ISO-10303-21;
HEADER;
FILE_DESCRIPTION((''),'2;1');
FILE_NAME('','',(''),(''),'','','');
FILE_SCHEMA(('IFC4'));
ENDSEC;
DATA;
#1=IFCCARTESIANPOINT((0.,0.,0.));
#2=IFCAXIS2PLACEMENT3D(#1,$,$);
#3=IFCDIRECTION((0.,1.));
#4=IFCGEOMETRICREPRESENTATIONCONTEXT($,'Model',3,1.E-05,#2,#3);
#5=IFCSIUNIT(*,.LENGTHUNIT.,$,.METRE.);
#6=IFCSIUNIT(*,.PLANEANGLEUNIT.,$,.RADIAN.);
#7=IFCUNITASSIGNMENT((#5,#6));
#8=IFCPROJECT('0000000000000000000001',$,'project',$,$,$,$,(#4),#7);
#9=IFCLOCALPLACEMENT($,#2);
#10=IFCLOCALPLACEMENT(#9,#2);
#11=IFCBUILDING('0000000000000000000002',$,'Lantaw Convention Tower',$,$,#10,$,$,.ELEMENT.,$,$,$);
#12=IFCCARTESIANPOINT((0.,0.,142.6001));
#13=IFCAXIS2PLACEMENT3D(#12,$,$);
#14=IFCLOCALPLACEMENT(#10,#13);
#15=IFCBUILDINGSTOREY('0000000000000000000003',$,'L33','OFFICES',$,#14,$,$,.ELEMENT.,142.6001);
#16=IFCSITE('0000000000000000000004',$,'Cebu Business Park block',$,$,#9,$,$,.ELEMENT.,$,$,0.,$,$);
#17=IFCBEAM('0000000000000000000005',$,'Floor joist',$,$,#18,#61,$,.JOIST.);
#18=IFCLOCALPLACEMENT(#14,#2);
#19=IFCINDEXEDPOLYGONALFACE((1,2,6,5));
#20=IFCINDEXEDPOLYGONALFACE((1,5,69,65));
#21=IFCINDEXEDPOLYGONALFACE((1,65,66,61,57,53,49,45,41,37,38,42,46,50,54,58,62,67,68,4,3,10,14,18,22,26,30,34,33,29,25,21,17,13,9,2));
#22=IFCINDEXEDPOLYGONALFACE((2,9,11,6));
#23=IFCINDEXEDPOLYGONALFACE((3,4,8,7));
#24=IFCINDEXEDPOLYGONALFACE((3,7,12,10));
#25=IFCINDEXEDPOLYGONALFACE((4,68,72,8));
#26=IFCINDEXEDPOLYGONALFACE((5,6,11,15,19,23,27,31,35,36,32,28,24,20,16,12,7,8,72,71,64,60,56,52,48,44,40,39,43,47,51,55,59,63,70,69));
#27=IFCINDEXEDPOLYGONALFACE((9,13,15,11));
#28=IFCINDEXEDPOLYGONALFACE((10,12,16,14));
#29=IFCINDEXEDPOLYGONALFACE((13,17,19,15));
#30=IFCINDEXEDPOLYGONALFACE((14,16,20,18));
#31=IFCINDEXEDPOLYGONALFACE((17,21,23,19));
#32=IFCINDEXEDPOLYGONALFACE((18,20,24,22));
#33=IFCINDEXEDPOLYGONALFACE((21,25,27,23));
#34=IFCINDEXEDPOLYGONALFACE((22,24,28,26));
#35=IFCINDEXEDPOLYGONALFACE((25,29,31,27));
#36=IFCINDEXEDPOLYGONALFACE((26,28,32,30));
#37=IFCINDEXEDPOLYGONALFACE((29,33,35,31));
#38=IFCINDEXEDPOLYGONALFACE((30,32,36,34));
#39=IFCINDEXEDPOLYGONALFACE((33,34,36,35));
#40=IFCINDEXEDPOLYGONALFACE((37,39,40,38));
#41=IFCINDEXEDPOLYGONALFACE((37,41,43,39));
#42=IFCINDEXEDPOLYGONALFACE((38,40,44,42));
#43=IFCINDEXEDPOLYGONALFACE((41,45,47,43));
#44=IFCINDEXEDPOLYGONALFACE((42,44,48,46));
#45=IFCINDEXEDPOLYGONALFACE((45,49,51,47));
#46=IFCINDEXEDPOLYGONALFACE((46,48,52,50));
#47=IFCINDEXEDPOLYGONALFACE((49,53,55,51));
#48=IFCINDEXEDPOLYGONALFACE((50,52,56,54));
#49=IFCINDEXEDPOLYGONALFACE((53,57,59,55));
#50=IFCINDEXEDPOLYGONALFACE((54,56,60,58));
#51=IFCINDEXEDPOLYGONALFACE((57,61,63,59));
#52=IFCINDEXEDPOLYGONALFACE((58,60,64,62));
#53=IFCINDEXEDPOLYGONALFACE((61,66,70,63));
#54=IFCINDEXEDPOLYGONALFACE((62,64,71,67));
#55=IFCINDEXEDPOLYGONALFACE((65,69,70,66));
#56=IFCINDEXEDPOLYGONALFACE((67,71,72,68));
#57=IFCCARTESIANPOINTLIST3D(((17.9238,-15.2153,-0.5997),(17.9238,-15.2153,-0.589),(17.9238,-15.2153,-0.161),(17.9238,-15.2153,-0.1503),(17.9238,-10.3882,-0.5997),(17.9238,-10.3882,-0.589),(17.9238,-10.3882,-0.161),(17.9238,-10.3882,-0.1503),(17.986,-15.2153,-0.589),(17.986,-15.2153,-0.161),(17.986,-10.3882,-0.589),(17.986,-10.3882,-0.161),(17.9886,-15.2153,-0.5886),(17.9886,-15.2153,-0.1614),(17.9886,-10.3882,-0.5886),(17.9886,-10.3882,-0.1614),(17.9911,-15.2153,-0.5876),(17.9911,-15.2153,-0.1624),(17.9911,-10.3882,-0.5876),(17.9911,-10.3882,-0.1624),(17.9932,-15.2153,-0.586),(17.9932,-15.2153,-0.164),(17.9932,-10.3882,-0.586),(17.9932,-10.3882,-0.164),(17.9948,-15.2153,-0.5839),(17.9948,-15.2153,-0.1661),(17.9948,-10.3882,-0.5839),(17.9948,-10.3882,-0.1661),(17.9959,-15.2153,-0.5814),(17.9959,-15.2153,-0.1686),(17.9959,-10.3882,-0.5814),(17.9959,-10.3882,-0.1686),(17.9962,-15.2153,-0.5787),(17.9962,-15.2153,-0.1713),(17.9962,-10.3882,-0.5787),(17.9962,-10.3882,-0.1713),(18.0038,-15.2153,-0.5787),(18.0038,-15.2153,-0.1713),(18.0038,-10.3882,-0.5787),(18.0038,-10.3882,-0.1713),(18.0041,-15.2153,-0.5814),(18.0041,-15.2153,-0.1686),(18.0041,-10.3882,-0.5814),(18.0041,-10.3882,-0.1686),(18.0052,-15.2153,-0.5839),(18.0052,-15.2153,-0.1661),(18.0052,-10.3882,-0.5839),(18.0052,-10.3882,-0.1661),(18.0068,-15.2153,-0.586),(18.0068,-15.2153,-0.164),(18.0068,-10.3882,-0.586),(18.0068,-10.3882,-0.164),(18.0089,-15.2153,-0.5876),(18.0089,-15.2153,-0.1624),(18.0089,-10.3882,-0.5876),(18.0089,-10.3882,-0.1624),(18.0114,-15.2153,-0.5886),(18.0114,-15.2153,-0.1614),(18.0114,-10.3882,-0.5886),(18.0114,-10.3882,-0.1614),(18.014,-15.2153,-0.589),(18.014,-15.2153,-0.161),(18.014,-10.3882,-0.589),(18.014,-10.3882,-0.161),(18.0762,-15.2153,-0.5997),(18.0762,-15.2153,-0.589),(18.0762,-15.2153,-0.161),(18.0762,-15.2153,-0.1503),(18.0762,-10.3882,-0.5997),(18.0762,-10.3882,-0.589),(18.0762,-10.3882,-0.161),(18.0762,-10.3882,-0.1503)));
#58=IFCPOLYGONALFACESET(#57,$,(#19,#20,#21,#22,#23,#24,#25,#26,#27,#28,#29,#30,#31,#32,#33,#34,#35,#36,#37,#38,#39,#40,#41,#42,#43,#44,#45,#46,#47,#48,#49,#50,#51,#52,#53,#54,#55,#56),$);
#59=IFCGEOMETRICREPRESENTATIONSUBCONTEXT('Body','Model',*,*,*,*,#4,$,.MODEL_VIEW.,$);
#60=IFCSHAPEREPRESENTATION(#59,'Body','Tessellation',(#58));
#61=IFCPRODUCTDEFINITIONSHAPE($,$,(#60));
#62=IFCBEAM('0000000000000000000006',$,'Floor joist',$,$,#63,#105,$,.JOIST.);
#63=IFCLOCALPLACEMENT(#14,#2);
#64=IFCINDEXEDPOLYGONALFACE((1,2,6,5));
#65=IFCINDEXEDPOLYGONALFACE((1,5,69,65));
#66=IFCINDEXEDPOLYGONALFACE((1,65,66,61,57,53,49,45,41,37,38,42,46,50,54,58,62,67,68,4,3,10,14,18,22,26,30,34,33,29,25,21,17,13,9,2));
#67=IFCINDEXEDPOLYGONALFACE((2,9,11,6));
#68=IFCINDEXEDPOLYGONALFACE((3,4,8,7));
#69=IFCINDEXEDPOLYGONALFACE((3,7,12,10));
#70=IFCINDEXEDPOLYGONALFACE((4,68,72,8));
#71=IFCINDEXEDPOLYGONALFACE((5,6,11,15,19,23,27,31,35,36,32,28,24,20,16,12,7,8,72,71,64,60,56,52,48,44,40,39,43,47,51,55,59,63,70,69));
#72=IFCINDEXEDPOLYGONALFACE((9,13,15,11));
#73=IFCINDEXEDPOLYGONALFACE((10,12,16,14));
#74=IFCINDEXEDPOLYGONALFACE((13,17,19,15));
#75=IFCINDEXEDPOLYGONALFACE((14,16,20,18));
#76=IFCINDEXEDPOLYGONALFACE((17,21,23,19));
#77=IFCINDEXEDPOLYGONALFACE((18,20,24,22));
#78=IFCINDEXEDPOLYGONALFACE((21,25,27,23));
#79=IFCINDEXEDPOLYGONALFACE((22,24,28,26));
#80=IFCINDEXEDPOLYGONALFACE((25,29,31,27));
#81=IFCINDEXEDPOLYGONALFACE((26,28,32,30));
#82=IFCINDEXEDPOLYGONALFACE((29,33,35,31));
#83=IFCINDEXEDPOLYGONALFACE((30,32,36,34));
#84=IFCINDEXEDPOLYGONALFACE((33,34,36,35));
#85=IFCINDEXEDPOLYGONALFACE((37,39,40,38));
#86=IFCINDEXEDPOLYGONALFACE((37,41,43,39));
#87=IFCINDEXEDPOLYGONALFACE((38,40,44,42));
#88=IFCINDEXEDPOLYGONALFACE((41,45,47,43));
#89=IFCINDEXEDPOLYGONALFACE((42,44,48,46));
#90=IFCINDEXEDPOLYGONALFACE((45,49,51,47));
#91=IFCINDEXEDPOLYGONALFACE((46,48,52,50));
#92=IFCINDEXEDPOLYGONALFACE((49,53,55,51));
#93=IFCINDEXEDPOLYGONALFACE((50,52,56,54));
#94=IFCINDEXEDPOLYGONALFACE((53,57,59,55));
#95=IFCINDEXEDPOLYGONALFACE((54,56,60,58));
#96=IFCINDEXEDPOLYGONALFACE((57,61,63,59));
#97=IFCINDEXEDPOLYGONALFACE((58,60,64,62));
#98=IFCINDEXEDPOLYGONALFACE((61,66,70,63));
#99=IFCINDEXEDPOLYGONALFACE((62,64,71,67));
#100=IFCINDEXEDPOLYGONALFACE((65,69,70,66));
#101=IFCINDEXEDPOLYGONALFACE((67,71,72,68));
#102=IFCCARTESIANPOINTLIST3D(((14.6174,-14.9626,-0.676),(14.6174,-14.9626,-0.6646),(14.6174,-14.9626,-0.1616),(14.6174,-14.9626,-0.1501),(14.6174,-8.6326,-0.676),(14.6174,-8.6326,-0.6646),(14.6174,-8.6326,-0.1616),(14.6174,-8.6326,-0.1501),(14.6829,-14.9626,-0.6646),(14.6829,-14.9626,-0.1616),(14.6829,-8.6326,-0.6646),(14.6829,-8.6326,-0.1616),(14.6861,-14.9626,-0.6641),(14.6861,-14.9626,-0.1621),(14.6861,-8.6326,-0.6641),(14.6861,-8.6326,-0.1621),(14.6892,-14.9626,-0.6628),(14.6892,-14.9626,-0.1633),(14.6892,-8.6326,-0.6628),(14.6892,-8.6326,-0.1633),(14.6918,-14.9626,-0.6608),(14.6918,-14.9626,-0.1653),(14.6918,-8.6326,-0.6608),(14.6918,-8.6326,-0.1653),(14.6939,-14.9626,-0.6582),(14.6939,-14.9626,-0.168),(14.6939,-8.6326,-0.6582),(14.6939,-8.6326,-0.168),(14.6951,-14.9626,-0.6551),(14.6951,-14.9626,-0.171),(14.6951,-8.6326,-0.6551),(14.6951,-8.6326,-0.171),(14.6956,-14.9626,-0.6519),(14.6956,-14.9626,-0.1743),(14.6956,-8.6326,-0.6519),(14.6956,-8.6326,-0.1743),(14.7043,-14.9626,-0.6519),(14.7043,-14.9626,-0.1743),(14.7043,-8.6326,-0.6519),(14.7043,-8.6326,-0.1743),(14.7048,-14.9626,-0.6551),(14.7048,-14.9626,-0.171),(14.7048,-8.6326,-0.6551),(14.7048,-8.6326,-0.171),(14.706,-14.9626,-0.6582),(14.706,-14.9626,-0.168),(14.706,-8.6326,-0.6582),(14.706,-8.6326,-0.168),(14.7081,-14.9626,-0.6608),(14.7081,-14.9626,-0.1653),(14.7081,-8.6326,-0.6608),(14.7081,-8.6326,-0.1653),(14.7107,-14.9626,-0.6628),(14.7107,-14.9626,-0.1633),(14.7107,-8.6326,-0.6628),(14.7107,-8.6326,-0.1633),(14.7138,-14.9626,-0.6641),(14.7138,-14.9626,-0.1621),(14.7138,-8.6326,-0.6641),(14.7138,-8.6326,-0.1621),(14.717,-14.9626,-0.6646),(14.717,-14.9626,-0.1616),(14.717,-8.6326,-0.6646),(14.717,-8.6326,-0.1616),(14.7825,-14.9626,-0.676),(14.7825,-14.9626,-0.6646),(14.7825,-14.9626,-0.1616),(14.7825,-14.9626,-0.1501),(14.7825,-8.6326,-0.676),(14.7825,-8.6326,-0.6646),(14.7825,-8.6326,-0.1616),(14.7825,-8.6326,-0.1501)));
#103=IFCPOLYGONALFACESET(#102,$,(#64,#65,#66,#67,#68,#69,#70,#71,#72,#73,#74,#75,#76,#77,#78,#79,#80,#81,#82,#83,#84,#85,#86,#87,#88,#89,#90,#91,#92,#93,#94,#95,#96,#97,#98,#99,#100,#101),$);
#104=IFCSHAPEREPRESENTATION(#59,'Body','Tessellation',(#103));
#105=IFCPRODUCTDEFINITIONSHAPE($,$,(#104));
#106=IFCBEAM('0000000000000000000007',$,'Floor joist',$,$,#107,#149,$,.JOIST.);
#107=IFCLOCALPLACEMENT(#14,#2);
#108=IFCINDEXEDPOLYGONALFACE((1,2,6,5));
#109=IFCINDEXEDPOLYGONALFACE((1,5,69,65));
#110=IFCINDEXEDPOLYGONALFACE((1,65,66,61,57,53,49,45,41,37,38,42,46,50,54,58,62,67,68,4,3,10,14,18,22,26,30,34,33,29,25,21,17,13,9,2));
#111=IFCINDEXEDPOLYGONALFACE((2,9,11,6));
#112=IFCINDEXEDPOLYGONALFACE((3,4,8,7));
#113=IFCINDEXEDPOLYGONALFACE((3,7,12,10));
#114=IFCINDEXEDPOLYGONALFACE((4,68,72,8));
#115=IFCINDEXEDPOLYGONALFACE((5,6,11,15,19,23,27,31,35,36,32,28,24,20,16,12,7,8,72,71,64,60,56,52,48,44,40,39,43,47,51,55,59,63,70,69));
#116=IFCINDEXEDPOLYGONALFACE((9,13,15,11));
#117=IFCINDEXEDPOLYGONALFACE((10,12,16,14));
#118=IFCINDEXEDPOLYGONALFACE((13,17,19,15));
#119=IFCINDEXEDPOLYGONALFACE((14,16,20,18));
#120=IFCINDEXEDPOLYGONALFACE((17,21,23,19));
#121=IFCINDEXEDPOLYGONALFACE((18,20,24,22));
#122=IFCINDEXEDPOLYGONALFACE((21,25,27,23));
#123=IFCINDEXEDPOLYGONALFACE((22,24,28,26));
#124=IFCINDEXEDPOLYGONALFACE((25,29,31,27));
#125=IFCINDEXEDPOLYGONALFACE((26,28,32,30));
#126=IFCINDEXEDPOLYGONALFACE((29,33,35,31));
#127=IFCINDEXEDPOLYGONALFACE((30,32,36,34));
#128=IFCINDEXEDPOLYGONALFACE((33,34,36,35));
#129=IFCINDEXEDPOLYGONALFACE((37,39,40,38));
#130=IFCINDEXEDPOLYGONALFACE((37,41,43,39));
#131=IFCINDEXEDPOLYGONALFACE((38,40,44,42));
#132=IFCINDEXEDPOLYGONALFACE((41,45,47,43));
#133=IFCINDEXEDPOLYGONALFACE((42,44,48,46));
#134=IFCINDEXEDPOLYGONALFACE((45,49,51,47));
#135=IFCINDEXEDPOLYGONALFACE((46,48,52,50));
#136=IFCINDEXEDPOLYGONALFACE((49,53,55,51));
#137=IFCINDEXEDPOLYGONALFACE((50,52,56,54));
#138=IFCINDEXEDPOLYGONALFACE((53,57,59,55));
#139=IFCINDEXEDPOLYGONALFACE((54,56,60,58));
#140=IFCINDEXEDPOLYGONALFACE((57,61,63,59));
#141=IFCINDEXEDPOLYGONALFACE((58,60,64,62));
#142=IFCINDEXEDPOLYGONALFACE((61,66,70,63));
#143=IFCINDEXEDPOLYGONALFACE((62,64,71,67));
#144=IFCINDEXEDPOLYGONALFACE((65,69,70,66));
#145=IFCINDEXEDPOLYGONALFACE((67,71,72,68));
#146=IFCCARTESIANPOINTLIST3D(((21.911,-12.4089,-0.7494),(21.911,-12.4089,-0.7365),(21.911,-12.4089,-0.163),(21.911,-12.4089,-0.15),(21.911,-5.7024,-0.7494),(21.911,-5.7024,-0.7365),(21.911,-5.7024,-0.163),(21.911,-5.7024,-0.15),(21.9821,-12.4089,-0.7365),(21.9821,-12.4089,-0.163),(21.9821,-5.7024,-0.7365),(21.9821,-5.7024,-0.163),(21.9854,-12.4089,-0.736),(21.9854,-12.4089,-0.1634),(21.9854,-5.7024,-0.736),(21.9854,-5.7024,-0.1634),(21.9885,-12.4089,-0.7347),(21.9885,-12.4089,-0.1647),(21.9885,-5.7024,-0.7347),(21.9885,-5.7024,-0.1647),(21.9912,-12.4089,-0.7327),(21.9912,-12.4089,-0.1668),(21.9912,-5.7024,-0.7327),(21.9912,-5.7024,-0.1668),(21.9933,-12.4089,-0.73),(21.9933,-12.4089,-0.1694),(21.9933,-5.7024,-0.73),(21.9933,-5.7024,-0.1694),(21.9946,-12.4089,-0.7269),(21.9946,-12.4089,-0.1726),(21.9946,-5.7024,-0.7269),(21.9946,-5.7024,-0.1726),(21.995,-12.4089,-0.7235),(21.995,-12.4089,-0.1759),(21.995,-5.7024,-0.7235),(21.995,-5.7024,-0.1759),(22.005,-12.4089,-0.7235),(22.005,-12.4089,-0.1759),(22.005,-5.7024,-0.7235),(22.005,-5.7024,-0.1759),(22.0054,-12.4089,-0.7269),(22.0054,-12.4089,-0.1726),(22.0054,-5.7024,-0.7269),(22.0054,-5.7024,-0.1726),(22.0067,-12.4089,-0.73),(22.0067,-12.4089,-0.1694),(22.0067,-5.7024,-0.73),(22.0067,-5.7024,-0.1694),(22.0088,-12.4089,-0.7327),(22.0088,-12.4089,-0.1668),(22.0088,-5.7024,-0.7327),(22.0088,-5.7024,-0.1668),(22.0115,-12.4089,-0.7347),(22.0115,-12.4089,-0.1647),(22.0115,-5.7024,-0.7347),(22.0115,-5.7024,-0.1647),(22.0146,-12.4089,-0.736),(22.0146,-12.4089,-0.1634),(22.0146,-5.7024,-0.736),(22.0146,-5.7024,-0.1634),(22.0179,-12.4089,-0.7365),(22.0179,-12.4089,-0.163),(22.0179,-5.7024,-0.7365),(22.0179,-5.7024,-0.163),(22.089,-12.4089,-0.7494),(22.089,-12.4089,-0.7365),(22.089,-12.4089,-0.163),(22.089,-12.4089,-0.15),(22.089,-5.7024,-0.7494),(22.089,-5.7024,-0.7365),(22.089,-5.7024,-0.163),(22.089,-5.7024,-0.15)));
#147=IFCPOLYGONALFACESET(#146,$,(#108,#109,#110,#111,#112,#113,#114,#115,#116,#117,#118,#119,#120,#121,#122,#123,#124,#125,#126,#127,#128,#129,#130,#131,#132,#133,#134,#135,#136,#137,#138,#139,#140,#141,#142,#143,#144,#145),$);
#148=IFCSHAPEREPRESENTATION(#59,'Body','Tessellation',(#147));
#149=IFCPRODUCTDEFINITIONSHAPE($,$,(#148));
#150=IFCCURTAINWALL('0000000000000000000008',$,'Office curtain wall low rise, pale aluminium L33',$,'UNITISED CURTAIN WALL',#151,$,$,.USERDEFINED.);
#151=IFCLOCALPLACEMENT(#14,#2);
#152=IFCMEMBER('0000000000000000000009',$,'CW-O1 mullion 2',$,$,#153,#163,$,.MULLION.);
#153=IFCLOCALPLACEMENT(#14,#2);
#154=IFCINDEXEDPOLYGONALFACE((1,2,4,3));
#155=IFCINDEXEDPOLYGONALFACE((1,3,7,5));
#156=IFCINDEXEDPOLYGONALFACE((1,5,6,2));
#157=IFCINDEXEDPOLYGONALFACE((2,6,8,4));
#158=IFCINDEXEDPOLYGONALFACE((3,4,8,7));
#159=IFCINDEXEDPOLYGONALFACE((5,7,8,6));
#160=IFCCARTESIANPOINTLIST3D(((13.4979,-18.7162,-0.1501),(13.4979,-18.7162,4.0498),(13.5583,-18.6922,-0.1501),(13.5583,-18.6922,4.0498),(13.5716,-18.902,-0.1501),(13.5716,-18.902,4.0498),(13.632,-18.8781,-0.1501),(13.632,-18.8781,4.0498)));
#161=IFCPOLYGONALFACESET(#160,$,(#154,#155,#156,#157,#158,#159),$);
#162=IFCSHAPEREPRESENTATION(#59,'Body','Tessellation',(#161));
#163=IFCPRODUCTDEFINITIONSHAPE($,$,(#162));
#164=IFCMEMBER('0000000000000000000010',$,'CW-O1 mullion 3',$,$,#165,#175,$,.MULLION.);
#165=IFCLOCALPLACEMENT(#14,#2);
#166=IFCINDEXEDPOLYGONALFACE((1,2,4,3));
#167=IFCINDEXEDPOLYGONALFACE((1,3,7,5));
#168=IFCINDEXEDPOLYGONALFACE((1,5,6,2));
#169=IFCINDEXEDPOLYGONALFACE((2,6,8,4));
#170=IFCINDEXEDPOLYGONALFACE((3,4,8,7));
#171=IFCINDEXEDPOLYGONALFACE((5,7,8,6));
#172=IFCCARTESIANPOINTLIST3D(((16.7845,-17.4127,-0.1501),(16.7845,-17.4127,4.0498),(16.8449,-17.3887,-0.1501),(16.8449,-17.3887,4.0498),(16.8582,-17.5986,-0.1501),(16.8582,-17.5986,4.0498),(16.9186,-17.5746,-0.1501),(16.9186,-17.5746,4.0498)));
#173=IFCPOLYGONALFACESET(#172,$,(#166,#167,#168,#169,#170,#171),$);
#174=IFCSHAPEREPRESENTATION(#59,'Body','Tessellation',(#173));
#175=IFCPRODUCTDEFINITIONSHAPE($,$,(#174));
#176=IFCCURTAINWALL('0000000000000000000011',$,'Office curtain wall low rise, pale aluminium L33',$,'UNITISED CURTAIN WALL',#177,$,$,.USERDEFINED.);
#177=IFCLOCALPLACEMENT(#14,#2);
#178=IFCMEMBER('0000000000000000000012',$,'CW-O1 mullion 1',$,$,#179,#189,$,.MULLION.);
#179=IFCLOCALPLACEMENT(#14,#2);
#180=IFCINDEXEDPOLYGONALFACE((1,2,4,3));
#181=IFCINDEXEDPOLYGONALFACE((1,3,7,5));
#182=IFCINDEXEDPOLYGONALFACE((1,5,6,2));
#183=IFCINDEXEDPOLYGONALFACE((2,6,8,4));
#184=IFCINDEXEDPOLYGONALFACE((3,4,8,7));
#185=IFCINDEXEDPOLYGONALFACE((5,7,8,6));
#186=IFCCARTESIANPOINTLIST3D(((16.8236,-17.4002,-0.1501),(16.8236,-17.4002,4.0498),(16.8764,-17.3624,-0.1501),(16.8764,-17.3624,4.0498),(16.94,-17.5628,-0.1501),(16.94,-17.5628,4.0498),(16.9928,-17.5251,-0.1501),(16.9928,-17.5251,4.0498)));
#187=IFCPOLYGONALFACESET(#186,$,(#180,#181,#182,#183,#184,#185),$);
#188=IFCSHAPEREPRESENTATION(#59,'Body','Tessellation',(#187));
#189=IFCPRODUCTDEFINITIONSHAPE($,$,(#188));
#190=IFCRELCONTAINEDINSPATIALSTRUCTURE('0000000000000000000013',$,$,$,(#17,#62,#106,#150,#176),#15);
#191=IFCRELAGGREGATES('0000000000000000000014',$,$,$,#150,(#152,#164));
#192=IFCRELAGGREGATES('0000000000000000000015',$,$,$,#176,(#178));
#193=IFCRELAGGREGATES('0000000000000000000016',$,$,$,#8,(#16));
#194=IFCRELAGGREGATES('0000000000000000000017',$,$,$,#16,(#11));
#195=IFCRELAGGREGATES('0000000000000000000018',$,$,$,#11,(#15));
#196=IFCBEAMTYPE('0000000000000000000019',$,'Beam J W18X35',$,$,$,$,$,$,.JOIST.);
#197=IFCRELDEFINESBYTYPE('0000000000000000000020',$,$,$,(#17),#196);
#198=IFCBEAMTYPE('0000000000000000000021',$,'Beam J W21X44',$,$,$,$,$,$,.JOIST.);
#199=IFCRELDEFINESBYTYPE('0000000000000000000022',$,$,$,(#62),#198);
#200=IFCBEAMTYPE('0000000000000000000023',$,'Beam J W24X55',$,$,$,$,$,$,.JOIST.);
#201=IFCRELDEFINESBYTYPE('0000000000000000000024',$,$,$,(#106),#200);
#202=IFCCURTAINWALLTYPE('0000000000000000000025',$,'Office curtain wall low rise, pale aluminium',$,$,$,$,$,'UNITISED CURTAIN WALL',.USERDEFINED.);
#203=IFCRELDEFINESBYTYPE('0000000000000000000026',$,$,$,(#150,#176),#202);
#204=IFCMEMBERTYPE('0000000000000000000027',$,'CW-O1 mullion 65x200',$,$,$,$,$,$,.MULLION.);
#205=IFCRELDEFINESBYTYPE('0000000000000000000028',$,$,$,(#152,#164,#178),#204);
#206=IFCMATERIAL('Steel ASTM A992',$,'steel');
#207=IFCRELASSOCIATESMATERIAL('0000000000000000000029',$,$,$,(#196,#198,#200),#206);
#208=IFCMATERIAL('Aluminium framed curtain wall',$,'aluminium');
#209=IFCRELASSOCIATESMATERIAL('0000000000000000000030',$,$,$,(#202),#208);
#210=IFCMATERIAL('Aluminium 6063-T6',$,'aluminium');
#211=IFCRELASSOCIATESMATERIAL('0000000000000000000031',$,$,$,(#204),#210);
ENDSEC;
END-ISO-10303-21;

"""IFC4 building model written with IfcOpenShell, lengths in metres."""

from ifc_helpers import new_model, si_unit, direction, frame, origin, origin_2d, place, context, subcontext, project, spatial, rectangle, i_section, extrude, material, material_profile, profile_set, type_object, element, aggregate, save


model = new_model("IFC4")

# Units and contexts
model_context = context("Model", 3, precision=1e-05, world=origin(), true_north=direction((0.0, 1.0)))
body_context = subcontext(model_context, "Body", "Model", "MODEL_VIEW")
ifc_project = project(units=[si_unit("LENGTHUNIT", "METRE"), si_unit("PLANEANGLEUNIT", "RADIAN")], contexts=[model_context])

# Site, building, storey
site_placement = place(None, origin())
site = spatial("IfcSite", under=ifc_project, at=site_placement, Name="Cebu Business Park block", CompositionType="ELEMENT", RefElevation=0.0)
building_placement = place(site_placement, origin())
building = spatial("IfcBuilding", under=site, at=building_placement, Name="Lantaw Convention Tower", CompositionType="ELEMENT")
storey_placement = place(building_placement, frame((0.0, 0.0, 142.6001)))
storey = spatial("IfcBuildingStorey", under=building, at=storey_placement, Name="L33", Description="OFFICES", CompositionType="ELEMENT", Elevation=142.6001)

# Beams
ifc_material_1 = material(Name="Steel ASTM A992", Category="steel")
ifc_material_profile_1 = material_profile(ifc_material_1, i_section(OverallWidth=0.1523, OverallDepth=0.4495, WebThickness=0.0076, FlangeThickness=0.0107, FilletRadius=0.0103, at=origin_2d()), Name="W18X35")
ifc_profile_set_1 = profile_set([ifc_material_profile_1], Name="Steel ASTM A992")
beam_type_1 = type_object("IfcBeamType", Name="Beam J W18X35", PredefinedType="JOIST", material=ifc_profile_set_1)
beam_1_placement = place(storey_placement, frame((18.0, -15.2153, -0.375), z_axis=(0.0, 1.0, 0.0), x_axis=(-1.0, 0.0, 0.0)))
element("IfcBeam", 1, at=beam_1_placement, inside=storey, type_object=beam_type_1, Name="Floor joist", PredefinedType="JOIST", context=body_context, shape_type="SweptSolid", body=[
    extrude(i_section(OverallWidth=0.1523, OverallDepth=0.4495, WebThickness=0.0076, FlangeThickness=0.0107, FilletRadius=0.0103, at=origin_2d()), origin(), (0.0, 0.0, 1.0), 4.8271),
])
ifc_material_profile_2 = material_profile(ifc_material_1, i_section(OverallWidth=0.165, OverallDepth=0.5259, WebThickness=0.0088, FlangeThickness=0.0115, FilletRadius=0.0127, at=origin_2d()), Name="W21X44")
ifc_profile_set_2 = profile_set([ifc_material_profile_2], Name="Steel ASTM A992")
beam_type_2 = type_object("IfcBeamType", Name="Beam J W21X44", PredefinedType="JOIST", material=ifc_profile_set_2)
beam_2_placement = place(storey_placement, frame((14.7, -14.9626, -0.4131), z_axis=(0.0, 1.0, 0.0), x_axis=(-1.0, 0.0, 0.0)))
element("IfcBeam", 2, at=beam_2_placement, inside=storey, type_object=beam_type_2, Name="Floor joist", PredefinedType="JOIST", context=body_context, shape_type="SweptSolid", body=[
    extrude(i_section(OverallWidth=0.165, OverallDepth=0.5259, WebThickness=0.0088, FlangeThickness=0.0115, FilletRadius=0.0127, at=origin_2d()), origin(), (0.0, 0.0, 1.0), 6.3301),
])
ifc_material_profile_3 = material_profile(ifc_material_1, i_section(OverallWidth=0.178, OverallDepth=0.5994, WebThickness=0.01, FlangeThickness=0.0129, FilletRadius=0.0129, at=origin_2d()), Name="W24X55")
ifc_profile_set_3 = profile_set([ifc_material_profile_3], Name="Steel ASTM A992")
beam_type_3 = type_object("IfcBeamType", Name="Beam J W24X55", PredefinedType="JOIST", material=ifc_profile_set_3)
beam_3_placement = place(storey_placement, frame((22.0, -12.4089, -0.4497), z_axis=(0.0, 1.0, 0.0), x_axis=(-1.0, 0.0, 0.0)))
element("IfcBeam", 3, at=beam_3_placement, inside=storey, type_object=beam_type_3, Name="Floor joist", PredefinedType="JOIST", context=body_context, shape_type="SweptSolid", body=[
    extrude(i_section(OverallWidth=0.178, OverallDepth=0.5994, WebThickness=0.01, FlangeThickness=0.0129, FilletRadius=0.0129, at=origin_2d()), origin(), (0.0, 0.0, 1.0), 6.7065),
])

# Curtain walls, members
ifc_material_2 = material(Name="Aluminium framed curtain wall", Category="aluminium")
curtain_wall_type = type_object("IfcCurtainWallType", Name="Office curtain wall low rise, pale aluminium", ElementType="UNITISED CURTAIN WALL", PredefinedType="USERDEFINED", material=ifc_material_2)
curtain_wall_1_placement = place(storey_placement, origin())
curtain_wall_1 = element("IfcCurtainWall", 4, at=curtain_wall_1_placement, inside=storey, type_object=curtain_wall_type, Name="Office curtain wall low rise, pale aluminium L33", ObjectType="UNITISED CURTAIN WALL", PredefinedType="USERDEFINED")
ifc_material_3 = material(Name="Aluminium 6063-T6", Category="aluminium")
ifc_material_profile_4 = material_profile(ifc_material_3, rectangle(XDim=0.2, YDim=0.0649, at=origin_2d()), Name="CW-O1 mullion 65x200")
ifc_profile_set_4 = profile_set([ifc_material_profile_4], Name="Aluminium 6063-T6")
member_type_1 = type_object("IfcMemberType", Name="CW-O1 mullion 65x200", PredefinedType="MULLION", material=ifc_profile_set_4)
member_1_placement = place(storey_placement, frame((13.5649, -18.7971, -0.1501), z_axis=(0.0, 0.0, 1.0), x_axis=(-0.368702, 0.929548, 0.0)))
member_1 = element("IfcMember", 5, at=member_1_placement, type_object=member_type_1, Name="CW-O1 mullion 2", PredefinedType="MULLION", context=body_context, shape_type="SweptSolid", body=[
    extrude(rectangle(XDim=0.2, YDim=0.0649, at=origin_2d()), origin(), (0.0, 0.0, 1.0), 4.2),
])
member_2_placement = place(storey_placement, frame((16.8516, -17.4937, -0.1501), z_axis=(0.0, 0.0, 1.0), x_axis=(-0.368702, 0.929548, 0.0)))
member_2 = element("IfcMember", 6, at=member_2_placement, type_object=member_type_1, Name="CW-O1 mullion 3", PredefinedType="MULLION", context=body_context, shape_type="SweptSolid", body=[
    extrude(rectangle(XDim=0.2, YDim=0.0649, at=origin_2d()), origin(), (0.0, 0.0, 1.0), 4.2),
])
curtain_wall_2_placement = place(storey_placement, origin())
curtain_wall_2 = element("IfcCurtainWall", 7, at=curtain_wall_2_placement, inside=storey, type_object=curtain_wall_type, Name="Office curtain wall low rise, pale aluminium L33", ObjectType="UNITISED CURTAIN WALL", PredefinedType="USERDEFINED")
member_3_placement = place(storey_placement, frame((16.9082, -17.4626, -0.1501), z_axis=(0.0, 0.0, 1.0), x_axis=(-0.581973, 0.813208, 0.0)))
member_3 = element("IfcMember", 8, at=member_3_placement, type_object=member_type_1, Name="CW-O1 mullion 1", PredefinedType="MULLION", context=body_context, shape_type="SweptSolid", body=[
    extrude(rectangle(XDim=0.2, YDim=0.0649, at=origin_2d()), origin(), (0.0, 0.0, 1.0), 4.2),
])

aggregate(curtain_wall_1, [member_1, member_2])
aggregate(curtain_wall_2, [member_3])

save(model, "model.ifc")
